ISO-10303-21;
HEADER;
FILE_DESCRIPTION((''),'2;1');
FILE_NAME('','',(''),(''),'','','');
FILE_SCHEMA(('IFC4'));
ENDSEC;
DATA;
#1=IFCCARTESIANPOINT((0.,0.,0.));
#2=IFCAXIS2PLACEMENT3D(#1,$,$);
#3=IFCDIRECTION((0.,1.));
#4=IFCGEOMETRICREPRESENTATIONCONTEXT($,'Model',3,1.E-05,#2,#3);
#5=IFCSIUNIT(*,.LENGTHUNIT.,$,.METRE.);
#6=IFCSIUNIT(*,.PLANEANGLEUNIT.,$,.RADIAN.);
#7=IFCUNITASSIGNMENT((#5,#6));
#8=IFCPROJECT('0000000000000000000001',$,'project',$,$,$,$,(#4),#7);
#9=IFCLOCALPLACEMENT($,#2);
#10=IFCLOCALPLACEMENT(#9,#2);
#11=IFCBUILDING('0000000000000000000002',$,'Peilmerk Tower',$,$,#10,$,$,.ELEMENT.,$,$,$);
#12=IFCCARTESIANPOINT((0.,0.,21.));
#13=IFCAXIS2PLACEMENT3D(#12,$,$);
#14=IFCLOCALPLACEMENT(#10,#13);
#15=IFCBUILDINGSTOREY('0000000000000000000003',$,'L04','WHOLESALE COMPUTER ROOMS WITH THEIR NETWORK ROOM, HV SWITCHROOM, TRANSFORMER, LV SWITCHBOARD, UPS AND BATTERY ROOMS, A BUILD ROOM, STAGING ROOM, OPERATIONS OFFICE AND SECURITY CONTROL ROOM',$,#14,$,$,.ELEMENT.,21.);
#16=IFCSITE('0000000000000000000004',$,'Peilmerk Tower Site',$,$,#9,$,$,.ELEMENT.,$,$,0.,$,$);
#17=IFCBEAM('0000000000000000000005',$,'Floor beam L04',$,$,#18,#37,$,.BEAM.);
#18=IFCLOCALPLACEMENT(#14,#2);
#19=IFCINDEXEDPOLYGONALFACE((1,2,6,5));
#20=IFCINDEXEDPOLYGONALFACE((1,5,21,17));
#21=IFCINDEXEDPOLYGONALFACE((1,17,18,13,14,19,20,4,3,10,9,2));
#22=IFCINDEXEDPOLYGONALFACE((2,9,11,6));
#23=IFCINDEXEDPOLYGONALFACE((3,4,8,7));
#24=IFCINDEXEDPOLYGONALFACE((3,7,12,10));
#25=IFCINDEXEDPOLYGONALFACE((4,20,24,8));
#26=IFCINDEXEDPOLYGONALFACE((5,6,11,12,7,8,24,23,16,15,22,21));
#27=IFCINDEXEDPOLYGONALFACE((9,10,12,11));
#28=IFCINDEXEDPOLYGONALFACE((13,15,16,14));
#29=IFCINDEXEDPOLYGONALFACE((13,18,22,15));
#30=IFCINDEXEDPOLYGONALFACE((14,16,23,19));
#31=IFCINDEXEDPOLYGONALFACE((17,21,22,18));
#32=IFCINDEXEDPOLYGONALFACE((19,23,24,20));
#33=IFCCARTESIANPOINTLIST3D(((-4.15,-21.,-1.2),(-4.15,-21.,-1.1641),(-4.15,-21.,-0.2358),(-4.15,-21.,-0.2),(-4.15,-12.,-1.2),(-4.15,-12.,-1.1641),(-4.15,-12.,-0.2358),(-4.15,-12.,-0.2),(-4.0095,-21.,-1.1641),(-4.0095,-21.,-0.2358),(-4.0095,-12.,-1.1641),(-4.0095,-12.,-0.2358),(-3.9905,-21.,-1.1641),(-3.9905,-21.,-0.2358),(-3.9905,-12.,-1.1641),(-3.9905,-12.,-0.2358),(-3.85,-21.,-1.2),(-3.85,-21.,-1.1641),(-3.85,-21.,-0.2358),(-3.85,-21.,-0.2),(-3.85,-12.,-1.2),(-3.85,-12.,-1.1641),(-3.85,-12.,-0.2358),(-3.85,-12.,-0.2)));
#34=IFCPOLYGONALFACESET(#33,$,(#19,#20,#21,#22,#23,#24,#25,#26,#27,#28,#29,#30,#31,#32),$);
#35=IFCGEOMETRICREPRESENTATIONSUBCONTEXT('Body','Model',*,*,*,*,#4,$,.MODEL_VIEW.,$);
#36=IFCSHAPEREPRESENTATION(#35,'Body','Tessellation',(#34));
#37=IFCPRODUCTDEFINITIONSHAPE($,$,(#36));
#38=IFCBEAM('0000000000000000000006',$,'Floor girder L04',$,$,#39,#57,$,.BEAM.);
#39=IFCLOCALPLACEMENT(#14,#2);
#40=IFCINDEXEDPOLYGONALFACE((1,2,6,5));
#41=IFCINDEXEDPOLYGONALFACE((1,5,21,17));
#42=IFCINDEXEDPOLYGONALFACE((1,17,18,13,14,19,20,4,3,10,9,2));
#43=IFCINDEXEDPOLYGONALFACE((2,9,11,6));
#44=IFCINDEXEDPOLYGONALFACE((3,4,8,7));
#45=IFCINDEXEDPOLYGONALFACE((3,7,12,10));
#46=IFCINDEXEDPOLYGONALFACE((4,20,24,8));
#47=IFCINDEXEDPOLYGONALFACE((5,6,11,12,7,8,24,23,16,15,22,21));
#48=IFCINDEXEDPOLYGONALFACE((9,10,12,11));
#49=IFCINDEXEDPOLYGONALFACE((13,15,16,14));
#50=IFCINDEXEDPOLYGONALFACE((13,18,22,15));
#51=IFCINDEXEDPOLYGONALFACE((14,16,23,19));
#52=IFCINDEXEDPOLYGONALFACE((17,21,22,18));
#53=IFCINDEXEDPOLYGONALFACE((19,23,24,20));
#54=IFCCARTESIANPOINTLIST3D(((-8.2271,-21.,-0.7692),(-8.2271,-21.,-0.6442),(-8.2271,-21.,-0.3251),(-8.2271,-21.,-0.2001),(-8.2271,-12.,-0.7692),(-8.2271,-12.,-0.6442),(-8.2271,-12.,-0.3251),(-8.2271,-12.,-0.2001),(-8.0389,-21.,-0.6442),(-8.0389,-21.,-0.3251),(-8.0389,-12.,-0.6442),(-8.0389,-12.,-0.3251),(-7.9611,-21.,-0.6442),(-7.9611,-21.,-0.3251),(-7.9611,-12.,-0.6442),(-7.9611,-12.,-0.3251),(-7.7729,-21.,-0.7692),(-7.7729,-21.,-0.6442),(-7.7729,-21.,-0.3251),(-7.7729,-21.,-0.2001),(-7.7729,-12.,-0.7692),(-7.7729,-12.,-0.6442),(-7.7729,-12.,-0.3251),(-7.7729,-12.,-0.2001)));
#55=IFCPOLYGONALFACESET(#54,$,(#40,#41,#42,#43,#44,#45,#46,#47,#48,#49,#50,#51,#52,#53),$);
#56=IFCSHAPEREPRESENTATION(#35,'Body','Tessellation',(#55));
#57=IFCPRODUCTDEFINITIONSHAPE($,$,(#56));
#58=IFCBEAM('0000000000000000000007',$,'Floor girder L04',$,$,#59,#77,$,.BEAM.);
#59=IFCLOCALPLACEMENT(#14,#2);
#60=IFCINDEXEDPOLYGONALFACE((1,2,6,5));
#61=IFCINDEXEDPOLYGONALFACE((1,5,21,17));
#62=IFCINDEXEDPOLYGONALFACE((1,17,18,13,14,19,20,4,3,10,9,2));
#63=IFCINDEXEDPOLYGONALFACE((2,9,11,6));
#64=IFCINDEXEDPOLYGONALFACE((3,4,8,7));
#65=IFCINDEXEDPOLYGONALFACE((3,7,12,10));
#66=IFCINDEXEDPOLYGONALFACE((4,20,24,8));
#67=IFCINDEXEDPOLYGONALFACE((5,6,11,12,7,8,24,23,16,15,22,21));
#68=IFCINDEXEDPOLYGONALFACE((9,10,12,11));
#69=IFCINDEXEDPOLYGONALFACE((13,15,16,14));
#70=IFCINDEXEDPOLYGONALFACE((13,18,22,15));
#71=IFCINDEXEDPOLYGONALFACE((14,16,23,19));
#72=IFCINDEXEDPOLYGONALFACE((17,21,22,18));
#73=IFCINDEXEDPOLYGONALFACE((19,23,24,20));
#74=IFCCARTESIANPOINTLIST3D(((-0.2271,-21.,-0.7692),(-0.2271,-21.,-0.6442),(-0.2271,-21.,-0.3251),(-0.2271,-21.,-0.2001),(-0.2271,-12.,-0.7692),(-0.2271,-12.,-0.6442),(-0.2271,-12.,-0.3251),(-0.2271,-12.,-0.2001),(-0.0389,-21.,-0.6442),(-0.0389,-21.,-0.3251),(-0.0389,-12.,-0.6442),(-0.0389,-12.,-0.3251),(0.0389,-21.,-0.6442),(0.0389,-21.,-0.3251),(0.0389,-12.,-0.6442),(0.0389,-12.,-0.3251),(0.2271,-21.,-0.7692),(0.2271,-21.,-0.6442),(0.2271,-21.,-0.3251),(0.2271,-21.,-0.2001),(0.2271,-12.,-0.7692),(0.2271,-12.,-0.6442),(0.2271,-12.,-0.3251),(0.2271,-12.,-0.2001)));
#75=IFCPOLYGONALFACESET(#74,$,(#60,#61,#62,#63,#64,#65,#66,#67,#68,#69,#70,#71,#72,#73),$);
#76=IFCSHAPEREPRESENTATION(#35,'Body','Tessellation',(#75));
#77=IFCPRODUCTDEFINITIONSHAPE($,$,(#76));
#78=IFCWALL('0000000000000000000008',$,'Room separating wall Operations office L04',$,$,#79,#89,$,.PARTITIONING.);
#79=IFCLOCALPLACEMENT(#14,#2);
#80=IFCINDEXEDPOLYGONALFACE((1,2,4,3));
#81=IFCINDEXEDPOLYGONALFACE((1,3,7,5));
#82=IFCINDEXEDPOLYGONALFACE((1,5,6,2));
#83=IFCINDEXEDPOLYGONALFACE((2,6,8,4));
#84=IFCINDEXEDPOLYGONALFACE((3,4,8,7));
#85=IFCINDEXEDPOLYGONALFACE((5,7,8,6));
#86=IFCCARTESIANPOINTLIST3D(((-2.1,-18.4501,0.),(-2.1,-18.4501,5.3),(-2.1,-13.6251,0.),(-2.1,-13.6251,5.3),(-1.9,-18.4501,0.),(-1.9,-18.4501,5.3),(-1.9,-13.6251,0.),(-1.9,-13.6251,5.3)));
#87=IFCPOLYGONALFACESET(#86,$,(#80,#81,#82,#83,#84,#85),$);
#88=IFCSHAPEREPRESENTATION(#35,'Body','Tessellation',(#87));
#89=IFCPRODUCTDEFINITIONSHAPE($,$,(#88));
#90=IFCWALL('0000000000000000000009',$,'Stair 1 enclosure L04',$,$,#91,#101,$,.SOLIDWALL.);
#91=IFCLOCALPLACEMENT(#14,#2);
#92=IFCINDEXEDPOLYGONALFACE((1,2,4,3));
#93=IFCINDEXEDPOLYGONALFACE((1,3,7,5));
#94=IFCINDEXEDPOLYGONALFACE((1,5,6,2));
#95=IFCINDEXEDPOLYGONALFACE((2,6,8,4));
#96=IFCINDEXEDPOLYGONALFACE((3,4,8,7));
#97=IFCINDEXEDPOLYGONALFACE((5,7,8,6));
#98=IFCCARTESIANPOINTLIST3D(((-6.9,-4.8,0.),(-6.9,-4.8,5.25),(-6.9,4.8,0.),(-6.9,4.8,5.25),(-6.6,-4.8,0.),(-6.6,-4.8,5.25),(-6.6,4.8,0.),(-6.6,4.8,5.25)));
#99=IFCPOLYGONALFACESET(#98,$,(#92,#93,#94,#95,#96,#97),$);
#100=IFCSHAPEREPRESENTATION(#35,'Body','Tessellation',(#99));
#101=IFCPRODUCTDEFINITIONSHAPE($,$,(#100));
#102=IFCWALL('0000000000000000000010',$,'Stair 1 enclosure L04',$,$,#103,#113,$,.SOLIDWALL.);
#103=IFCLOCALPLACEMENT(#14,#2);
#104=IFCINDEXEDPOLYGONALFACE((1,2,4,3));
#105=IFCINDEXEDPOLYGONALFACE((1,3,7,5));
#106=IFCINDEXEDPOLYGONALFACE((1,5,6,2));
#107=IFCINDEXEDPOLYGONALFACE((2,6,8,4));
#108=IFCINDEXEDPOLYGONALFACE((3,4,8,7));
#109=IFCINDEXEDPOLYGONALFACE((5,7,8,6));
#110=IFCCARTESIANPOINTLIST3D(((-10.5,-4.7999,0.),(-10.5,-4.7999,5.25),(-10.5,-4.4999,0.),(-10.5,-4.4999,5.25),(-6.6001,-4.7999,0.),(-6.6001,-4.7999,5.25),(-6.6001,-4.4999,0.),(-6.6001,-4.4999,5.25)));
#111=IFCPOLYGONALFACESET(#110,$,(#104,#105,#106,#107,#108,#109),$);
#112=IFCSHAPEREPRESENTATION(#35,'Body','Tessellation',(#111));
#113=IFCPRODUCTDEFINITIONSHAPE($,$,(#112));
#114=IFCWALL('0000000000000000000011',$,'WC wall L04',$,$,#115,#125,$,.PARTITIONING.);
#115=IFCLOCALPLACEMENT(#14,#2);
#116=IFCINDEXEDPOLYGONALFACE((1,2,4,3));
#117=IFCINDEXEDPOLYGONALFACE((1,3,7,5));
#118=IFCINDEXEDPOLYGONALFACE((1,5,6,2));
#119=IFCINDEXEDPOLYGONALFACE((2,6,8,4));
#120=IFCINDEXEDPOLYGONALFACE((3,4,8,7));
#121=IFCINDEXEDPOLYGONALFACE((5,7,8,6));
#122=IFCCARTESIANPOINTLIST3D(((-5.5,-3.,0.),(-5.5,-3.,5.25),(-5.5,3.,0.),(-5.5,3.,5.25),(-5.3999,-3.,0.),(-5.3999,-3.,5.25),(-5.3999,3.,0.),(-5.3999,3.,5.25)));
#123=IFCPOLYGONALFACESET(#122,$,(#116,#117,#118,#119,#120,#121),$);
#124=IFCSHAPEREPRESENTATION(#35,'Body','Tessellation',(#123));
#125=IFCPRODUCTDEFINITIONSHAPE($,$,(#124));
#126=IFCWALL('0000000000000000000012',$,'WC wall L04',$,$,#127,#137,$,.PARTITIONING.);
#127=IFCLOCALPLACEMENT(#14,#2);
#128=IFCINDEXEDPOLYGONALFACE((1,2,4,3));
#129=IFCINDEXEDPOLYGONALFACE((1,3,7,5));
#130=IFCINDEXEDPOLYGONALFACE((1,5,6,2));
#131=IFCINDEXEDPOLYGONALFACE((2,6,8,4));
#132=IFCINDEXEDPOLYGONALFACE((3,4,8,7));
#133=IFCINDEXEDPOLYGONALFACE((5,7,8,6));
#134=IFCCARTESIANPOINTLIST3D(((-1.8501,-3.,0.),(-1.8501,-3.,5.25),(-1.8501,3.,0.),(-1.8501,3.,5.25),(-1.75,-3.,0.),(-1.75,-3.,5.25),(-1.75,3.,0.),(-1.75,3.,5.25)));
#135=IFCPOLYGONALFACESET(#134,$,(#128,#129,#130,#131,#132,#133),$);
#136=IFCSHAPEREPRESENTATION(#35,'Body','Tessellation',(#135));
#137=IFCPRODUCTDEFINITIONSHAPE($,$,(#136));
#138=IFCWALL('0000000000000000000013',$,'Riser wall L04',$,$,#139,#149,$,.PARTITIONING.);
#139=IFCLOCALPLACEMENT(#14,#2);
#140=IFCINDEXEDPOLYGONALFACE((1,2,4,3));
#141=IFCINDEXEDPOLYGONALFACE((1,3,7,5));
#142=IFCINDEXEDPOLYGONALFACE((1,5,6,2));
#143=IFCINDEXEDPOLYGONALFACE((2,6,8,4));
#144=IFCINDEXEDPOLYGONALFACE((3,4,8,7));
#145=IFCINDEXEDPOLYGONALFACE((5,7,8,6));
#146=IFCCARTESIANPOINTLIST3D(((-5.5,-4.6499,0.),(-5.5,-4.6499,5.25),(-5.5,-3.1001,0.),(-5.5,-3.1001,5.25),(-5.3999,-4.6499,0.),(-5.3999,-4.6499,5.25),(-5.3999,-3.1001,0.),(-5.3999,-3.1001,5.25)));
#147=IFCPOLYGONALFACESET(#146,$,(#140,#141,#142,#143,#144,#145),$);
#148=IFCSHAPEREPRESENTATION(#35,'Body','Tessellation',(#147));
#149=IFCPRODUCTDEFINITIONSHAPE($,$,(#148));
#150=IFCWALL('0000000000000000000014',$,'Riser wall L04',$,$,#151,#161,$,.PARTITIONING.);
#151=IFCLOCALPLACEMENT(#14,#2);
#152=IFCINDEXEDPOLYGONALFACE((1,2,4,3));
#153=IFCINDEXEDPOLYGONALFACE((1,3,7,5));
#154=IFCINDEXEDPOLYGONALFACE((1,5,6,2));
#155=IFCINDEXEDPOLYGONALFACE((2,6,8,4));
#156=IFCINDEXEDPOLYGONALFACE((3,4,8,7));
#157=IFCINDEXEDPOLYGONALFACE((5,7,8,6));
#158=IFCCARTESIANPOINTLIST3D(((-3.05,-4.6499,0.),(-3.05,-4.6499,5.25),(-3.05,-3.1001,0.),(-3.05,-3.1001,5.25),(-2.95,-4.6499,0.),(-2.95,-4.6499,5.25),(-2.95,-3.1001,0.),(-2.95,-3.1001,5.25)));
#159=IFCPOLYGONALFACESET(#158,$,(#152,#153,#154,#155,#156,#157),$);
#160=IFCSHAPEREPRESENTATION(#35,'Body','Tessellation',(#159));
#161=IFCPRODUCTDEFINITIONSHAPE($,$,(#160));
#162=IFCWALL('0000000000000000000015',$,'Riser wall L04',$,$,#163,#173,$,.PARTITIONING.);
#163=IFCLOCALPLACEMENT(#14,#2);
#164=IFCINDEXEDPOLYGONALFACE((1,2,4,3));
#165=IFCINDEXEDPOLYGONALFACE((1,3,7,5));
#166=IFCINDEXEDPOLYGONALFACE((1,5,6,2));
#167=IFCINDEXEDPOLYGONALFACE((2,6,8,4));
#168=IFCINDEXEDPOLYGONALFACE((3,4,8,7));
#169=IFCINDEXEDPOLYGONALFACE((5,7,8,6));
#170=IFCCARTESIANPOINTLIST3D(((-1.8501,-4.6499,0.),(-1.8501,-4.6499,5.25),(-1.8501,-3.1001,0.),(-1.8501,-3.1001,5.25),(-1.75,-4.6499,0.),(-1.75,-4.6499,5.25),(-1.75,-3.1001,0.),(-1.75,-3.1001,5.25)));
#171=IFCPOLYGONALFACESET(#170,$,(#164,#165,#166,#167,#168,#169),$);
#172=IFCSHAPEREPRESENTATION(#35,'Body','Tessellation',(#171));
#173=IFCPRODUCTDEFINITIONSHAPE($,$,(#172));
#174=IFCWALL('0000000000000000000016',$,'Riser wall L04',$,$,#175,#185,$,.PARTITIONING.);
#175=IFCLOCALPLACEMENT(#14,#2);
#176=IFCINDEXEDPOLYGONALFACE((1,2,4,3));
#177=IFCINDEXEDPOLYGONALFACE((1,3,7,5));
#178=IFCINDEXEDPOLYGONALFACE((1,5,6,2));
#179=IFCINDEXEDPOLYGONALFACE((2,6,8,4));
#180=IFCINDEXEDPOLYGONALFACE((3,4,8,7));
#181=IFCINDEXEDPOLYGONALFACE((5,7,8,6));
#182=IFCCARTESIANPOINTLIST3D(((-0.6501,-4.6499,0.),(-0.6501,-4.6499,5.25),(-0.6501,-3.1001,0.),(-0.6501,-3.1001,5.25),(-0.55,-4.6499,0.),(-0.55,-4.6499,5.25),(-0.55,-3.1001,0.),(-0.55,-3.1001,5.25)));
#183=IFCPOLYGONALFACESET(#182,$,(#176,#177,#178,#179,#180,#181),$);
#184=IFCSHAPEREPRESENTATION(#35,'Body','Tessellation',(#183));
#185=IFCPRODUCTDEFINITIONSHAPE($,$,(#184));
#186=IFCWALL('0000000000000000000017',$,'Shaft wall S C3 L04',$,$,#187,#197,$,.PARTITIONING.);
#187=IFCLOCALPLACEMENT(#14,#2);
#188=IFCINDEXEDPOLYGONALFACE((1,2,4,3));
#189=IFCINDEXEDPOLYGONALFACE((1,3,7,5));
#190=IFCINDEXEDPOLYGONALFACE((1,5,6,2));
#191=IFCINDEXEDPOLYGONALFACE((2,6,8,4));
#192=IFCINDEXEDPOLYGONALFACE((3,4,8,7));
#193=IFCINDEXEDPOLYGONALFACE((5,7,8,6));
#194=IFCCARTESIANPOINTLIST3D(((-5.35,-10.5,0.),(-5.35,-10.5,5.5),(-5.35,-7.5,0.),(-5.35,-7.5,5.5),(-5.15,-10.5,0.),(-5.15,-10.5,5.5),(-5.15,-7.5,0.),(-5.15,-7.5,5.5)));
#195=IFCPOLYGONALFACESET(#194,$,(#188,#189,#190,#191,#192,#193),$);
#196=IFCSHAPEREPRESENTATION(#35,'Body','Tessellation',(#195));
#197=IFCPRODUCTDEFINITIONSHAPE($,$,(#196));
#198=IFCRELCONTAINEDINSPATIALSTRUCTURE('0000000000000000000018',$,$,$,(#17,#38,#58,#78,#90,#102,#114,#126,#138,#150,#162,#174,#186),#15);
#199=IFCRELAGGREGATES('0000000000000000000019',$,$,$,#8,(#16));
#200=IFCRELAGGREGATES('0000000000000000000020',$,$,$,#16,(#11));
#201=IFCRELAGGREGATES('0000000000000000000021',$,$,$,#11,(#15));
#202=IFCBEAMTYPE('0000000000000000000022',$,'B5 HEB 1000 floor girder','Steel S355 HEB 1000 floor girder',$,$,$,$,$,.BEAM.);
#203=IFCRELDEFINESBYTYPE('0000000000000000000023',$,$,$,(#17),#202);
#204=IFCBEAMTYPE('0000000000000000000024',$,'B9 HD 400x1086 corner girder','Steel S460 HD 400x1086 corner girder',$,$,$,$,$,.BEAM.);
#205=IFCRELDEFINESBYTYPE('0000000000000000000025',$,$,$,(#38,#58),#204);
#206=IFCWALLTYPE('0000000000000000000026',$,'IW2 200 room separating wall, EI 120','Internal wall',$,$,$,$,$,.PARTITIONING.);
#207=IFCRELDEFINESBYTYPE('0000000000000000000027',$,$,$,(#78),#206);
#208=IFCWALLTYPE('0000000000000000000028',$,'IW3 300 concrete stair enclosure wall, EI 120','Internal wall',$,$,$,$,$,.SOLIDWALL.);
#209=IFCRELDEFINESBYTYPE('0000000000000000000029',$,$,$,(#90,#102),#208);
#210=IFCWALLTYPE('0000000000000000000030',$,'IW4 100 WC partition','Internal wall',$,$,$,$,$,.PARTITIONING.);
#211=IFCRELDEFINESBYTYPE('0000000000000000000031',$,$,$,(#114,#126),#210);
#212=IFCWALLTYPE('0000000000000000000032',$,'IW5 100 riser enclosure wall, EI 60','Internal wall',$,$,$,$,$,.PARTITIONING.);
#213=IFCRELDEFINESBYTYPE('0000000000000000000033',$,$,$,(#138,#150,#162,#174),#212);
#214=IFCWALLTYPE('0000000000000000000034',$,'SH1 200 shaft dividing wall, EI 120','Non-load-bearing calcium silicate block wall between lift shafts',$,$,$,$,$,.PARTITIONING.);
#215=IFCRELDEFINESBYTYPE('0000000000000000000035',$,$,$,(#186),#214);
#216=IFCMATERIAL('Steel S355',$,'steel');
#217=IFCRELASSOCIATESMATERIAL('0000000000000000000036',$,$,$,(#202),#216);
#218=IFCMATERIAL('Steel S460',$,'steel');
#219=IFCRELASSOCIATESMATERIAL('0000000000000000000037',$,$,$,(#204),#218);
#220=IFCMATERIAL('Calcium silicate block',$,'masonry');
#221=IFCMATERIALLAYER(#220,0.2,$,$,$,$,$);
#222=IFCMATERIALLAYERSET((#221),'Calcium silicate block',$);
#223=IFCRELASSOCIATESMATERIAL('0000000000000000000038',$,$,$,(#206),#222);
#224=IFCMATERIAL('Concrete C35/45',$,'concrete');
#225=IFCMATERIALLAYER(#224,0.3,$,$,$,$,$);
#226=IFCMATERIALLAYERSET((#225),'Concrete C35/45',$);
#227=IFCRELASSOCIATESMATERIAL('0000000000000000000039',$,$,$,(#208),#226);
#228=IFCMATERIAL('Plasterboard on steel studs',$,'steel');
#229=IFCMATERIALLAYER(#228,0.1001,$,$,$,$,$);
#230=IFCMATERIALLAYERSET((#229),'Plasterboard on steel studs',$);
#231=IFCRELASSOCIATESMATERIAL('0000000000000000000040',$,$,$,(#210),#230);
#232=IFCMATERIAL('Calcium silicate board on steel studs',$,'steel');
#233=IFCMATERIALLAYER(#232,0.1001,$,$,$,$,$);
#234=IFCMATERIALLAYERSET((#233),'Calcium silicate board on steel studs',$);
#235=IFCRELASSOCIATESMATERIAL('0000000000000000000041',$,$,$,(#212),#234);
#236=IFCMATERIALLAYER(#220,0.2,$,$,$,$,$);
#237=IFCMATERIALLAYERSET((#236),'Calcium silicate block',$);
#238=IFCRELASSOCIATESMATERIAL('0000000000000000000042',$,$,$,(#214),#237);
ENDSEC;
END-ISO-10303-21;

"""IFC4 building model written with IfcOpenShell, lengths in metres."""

from ifc_helpers import new_model, si_unit, direction, frame, frame_2d, origin, origin_2d, place, context, subcontext, project, spatial, rectangle, i_section, extrude, material, layer, layer_set, material_profile, profile_set, type_object, element, save


model = new_model("IFC4")

# Units and contexts
model_context = context("Model", 3, precision=1e-05, world=origin(), true_north=direction((0.0, 1.0)))
body_context = subcontext(model_context, "Body", "Model", "MODEL_VIEW")
ifc_project = project(units=[si_unit("LENGTHUNIT", "METRE"), si_unit("PLANEANGLEUNIT", "RADIAN")], contexts=[model_context])

# Site, building, storey
site_placement = place(None, origin())
site = spatial("IfcSite", under=ifc_project, at=site_placement, Name="Peilmerk Tower Site", CompositionType="ELEMENT", RefElevation=0.0)
building_placement = place(site_placement, origin())
building = spatial("IfcBuilding", under=site, at=building_placement, Name="Peilmerk Tower", CompositionType="ELEMENT")
storey_placement = place(building_placement, frame((0.0, 0.0, 21.0)))
storey = spatial("IfcBuildingStorey", under=building, at=storey_placement, Name="L04", Description="WHOLESALE COMPUTER ROOMS WITH THEIR NETWORK ROOM, HV SWITCHROOM, TRANSFORMER, LV SWITCHBOARD, UPS AND BATTERY ROOMS, A BUILD ROOM, STAGING ROOM, OPERATIONS OFFICE AND SECURITY CONTROL ROOM", CompositionType="ELEMENT", Elevation=21.0)

# Beams
ifc_material_1 = material(Name="Steel S355", Category="steel")
ifc_material_profile_1 = material_profile(ifc_material_1, i_section(OverallWidth=0.3, OverallDepth=1.0, WebThickness=0.019, FlangeThickness=0.0359, at=origin_2d()), Name="HEB 1000")
ifc_profile_set_1 = profile_set([ifc_material_profile_1], Name="Steel S355")
beam_type_1 = type_object("IfcBeamType", Name="B5 HEB 1000 floor girder", Description="Steel S355 HEB 1000 floor girder", PredefinedType="BEAM", material=ifc_profile_set_1)
beam_placement = place(storey_placement, frame((-4.0, -12.0, -0.7), z_axis=(0.0, -1.0, 0.0), x_axis=(1.0, 0.0, 0.0)))
element("IfcBeam", 1, at=beam_placement, inside=storey, type_object=beam_type_1, Name="Floor beam L04", PredefinedType="BEAM", context=body_context, shape_type="SweptSolid", body=[
    extrude(i_section(OverallWidth=0.3, OverallDepth=1.0, WebThickness=0.019, FlangeThickness=0.0359, at=origin_2d()), origin(), (0.0, 0.0, 1.0), 9.0),
])
ifc_material_2 = material(Name="Steel S460", Category="steel")
ifc_material_profile_2 = material_profile(ifc_material_2, i_section(OverallWidth=0.4541, OverallDepth=0.5691, WebThickness=0.0779, FlangeThickness=0.125, at=origin_2d()), Name="HD 400x1086")
ifc_profile_set_2 = profile_set([ifc_material_profile_2], Name="Steel S460")
beam_type_2 = type_object("IfcBeamType", Name="B9 HD 400x1086 corner girder", Description="Steel S460 HD 400x1086 corner girder", PredefinedType="BEAM", material=ifc_profile_set_2)
for number, where, z_axis, x_axis, name in (
    (2, (-8.0, -12.0, -0.4846), (0.0, -1.0, 0.0), (1.0, 0.0, 0.0), "Floor girder L04"),
    (3, (0.0, -12.0, -0.4846), (0.0, -1.0, 0.0), (1.0, 0.0, 0.0), "Floor girder L04"),
):
    element("IfcBeam", number, at=place(storey_placement, frame(where, z_axis=z_axis, x_axis=x_axis)), inside=storey, type_object=beam_type_2, Name=name, PredefinedType="BEAM", context=body_context, shape_type="SweptSolid", body=[
        extrude(i_section(OverallWidth=0.4541, OverallDepth=0.5691, WebThickness=0.0779, FlangeThickness=0.125, at=origin_2d()), origin(), (0.0, 0.0, 1.0), 9.0),
    ])

# Walls
ifc_material_3 = material(Name="Calcium silicate block", Category="masonry")
ifc_layer_1 = layer(ifc_material_3, 0.2)
ifc_layer_set_1 = layer_set([ifc_layer_1], Name="Calcium silicate block")
wall_type_1 = type_object("IfcWallType", Name="IW2 200 room separating wall, EI 120", Description="Internal wall", PredefinedType="PARTITIONING", material=ifc_layer_set_1)
wall_1_placement = place(storey_placement, frame((-2.0, -13.625, 0.0), z_axis=(0.0, 0.0, 1.0), x_axis=(0.0, -1.0, 0.0)))
element("IfcWall", 4, at=wall_1_placement, inside=storey, type_object=wall_type_1, Name="Room separating wall Operations office L04", PredefinedType="PARTITIONING", context=body_context, shape_type="SweptSolid", body=[
    extrude(rectangle(XDim=4.825, YDim=0.2, at=frame_2d((2.4126, 0.0))), origin(), (0.0, 0.0, 1.0), 5.3),
])
ifc_material_4 = material(Name="Concrete C35/45", Category="concrete")
ifc_layer_2 = layer(ifc_material_4, 0.3)
ifc_layer_set_2 = layer_set([ifc_layer_2], Name="Concrete C35/45")
wall_type_2 = type_object("IfcWallType", Name="IW3 300 concrete stair enclosure wall, EI 120", Description="Internal wall", PredefinedType="SOLIDWALL", material=ifc_layer_set_2)
wall_2_placement = place(storey_placement, frame((-6.75, -4.8, 0.0), z_axis=(0.0, 0.0, 1.0), x_axis=(0.0, 1.0, 0.0)))
element("IfcWall", 5, at=wall_2_placement, inside=storey, type_object=wall_type_2, Name="Stair 1 enclosure L04", PredefinedType="SOLIDWALL", context=body_context, shape_type="SweptSolid", body=[
    extrude(rectangle(XDim=9.6001, YDim=0.3, at=frame_2d((4.8, 0.0))), origin(), (0.0, 0.0, 1.0), 5.25),
])
wall_3_placement = place(storey_placement, frame((-6.6001, -4.6499, 0.0), z_axis=(0.0, 0.0, 1.0), x_axis=(-1.0, 0.0, 0.0)))
element("IfcWall", 6, at=wall_3_placement, inside=storey, type_object=wall_type_2, Name="Stair 1 enclosure L04", PredefinedType="SOLIDWALL", context=body_context, shape_type="SweptSolid", body=[
    extrude(rectangle(XDim=3.8999, YDim=0.3, at=frame_2d((1.95, 0.0))), origin(), (0.0, 0.0, 1.0), 5.25),
])
ifc_material_5 = material(Name="Plasterboard on steel studs", Category="steel")
ifc_layer_3 = layer(ifc_material_5, 0.1001)
ifc_layer_set_3 = layer_set([ifc_layer_3], Name="Plasterboard on steel studs")
wall_type_3 = type_object("IfcWallType", Name="IW4 100 WC partition", Description="Internal wall", PredefinedType="PARTITIONING", material=ifc_layer_set_3)
for number, where, z_axis, x_axis, name in (
    (7, (-5.45, -3.0, 0.0), (0.0, 0.0, 1.0), (0.0, 1.0, 0.0), "WC wall L04"),
    (8, (-1.8, -3.0, 0.0), (0.0, 0.0, 1.0), (0.0, 1.0, 0.0), "WC wall L04"),
):
    element("IfcWall", number, at=place(storey_placement, frame(where, z_axis=z_axis, x_axis=x_axis)), inside=storey, type_object=wall_type_3, Name=name, PredefinedType="PARTITIONING", context=body_context, shape_type="SweptSolid", body=[
        extrude(rectangle(XDim=6.0, YDim=0.1001, at=frame_2d((3.0, 0.0))), origin(), (0.0, 0.0, 1.0), 5.25),
    ])
ifc_material_6 = material(Name="Calcium silicate board on steel studs", Category="steel")
ifc_layer_4 = layer(ifc_material_6, 0.1001)
ifc_layer_set_4 = layer_set([ifc_layer_4], Name="Calcium silicate board on steel studs")
wall_type_4 = type_object("IfcWallType", Name="IW5 100 riser enclosure wall, EI 60", Description="Internal wall", PredefinedType="PARTITIONING", material=ifc_layer_set_4)
for number, where, z_axis, x_axis, name in (
    (9, (-5.45, -3.1001, 0.0), (0.0, 0.0, 1.0), (0.0, -1.0, 0.0), "Riser wall L04"),
    (10, (-3.0, -3.1001, 0.0), (0.0, 0.0, 1.0), (0.0, -1.0, 0.0), "Riser wall L04"),
    (11, (-1.8, -3.1001, 0.0), (0.0, 0.0, 1.0), (0.0, -1.0, 0.0), "Riser wall L04"),
    (12, (-0.6001, -3.1001, 0.0), (0.0, 0.0, 1.0), (0.0, -1.0, 0.0), "Riser wall L04"),
):
    element("IfcWall", number, at=place(storey_placement, frame(where, z_axis=z_axis, x_axis=x_axis)), inside=storey, type_object=wall_type_4, Name=name, PredefinedType="PARTITIONING", context=body_context, shape_type="SweptSolid", body=[
        extrude(rectangle(XDim=1.5498, YDim=0.1001, at=frame_2d((0.7749, 0.0))), origin(), (0.0, 0.0, 1.0), 5.25),
    ])
ifc_layer_5 = layer(ifc_material_3, 0.2)
ifc_layer_set_5 = layer_set([ifc_layer_5], Name="Calcium silicate block")
wall_type_5 = type_object("IfcWallType", Name="SH1 200 shaft dividing wall, EI 120", Description="Non-load-bearing calcium silicate block wall between lift shafts", PredefinedType="PARTITIONING", material=ifc_layer_set_5)
for number, where, z_axis, x_axis, name in (
    (13, (-5.25, -10.5, 0.0), (0.0, 0.0, 1.0), (0.0, 1.0, 0.0), "Shaft wall S C3 L04"),
):
    element("IfcWall", number, at=place(storey_placement, frame(where, z_axis=z_axis, x_axis=x_axis)), inside=storey, type_object=wall_type_5, Name=name, PredefinedType="PARTITIONING", context=body_context, shape_type="SweptSolid", body=[
        extrude(rectangle(XDim=3.0, YDim=0.2, at=frame_2d((1.5, 0.0))), origin(), (0.0, 0.0, 1.0), 5.5),
    ])

save(model, "model.ifc")
